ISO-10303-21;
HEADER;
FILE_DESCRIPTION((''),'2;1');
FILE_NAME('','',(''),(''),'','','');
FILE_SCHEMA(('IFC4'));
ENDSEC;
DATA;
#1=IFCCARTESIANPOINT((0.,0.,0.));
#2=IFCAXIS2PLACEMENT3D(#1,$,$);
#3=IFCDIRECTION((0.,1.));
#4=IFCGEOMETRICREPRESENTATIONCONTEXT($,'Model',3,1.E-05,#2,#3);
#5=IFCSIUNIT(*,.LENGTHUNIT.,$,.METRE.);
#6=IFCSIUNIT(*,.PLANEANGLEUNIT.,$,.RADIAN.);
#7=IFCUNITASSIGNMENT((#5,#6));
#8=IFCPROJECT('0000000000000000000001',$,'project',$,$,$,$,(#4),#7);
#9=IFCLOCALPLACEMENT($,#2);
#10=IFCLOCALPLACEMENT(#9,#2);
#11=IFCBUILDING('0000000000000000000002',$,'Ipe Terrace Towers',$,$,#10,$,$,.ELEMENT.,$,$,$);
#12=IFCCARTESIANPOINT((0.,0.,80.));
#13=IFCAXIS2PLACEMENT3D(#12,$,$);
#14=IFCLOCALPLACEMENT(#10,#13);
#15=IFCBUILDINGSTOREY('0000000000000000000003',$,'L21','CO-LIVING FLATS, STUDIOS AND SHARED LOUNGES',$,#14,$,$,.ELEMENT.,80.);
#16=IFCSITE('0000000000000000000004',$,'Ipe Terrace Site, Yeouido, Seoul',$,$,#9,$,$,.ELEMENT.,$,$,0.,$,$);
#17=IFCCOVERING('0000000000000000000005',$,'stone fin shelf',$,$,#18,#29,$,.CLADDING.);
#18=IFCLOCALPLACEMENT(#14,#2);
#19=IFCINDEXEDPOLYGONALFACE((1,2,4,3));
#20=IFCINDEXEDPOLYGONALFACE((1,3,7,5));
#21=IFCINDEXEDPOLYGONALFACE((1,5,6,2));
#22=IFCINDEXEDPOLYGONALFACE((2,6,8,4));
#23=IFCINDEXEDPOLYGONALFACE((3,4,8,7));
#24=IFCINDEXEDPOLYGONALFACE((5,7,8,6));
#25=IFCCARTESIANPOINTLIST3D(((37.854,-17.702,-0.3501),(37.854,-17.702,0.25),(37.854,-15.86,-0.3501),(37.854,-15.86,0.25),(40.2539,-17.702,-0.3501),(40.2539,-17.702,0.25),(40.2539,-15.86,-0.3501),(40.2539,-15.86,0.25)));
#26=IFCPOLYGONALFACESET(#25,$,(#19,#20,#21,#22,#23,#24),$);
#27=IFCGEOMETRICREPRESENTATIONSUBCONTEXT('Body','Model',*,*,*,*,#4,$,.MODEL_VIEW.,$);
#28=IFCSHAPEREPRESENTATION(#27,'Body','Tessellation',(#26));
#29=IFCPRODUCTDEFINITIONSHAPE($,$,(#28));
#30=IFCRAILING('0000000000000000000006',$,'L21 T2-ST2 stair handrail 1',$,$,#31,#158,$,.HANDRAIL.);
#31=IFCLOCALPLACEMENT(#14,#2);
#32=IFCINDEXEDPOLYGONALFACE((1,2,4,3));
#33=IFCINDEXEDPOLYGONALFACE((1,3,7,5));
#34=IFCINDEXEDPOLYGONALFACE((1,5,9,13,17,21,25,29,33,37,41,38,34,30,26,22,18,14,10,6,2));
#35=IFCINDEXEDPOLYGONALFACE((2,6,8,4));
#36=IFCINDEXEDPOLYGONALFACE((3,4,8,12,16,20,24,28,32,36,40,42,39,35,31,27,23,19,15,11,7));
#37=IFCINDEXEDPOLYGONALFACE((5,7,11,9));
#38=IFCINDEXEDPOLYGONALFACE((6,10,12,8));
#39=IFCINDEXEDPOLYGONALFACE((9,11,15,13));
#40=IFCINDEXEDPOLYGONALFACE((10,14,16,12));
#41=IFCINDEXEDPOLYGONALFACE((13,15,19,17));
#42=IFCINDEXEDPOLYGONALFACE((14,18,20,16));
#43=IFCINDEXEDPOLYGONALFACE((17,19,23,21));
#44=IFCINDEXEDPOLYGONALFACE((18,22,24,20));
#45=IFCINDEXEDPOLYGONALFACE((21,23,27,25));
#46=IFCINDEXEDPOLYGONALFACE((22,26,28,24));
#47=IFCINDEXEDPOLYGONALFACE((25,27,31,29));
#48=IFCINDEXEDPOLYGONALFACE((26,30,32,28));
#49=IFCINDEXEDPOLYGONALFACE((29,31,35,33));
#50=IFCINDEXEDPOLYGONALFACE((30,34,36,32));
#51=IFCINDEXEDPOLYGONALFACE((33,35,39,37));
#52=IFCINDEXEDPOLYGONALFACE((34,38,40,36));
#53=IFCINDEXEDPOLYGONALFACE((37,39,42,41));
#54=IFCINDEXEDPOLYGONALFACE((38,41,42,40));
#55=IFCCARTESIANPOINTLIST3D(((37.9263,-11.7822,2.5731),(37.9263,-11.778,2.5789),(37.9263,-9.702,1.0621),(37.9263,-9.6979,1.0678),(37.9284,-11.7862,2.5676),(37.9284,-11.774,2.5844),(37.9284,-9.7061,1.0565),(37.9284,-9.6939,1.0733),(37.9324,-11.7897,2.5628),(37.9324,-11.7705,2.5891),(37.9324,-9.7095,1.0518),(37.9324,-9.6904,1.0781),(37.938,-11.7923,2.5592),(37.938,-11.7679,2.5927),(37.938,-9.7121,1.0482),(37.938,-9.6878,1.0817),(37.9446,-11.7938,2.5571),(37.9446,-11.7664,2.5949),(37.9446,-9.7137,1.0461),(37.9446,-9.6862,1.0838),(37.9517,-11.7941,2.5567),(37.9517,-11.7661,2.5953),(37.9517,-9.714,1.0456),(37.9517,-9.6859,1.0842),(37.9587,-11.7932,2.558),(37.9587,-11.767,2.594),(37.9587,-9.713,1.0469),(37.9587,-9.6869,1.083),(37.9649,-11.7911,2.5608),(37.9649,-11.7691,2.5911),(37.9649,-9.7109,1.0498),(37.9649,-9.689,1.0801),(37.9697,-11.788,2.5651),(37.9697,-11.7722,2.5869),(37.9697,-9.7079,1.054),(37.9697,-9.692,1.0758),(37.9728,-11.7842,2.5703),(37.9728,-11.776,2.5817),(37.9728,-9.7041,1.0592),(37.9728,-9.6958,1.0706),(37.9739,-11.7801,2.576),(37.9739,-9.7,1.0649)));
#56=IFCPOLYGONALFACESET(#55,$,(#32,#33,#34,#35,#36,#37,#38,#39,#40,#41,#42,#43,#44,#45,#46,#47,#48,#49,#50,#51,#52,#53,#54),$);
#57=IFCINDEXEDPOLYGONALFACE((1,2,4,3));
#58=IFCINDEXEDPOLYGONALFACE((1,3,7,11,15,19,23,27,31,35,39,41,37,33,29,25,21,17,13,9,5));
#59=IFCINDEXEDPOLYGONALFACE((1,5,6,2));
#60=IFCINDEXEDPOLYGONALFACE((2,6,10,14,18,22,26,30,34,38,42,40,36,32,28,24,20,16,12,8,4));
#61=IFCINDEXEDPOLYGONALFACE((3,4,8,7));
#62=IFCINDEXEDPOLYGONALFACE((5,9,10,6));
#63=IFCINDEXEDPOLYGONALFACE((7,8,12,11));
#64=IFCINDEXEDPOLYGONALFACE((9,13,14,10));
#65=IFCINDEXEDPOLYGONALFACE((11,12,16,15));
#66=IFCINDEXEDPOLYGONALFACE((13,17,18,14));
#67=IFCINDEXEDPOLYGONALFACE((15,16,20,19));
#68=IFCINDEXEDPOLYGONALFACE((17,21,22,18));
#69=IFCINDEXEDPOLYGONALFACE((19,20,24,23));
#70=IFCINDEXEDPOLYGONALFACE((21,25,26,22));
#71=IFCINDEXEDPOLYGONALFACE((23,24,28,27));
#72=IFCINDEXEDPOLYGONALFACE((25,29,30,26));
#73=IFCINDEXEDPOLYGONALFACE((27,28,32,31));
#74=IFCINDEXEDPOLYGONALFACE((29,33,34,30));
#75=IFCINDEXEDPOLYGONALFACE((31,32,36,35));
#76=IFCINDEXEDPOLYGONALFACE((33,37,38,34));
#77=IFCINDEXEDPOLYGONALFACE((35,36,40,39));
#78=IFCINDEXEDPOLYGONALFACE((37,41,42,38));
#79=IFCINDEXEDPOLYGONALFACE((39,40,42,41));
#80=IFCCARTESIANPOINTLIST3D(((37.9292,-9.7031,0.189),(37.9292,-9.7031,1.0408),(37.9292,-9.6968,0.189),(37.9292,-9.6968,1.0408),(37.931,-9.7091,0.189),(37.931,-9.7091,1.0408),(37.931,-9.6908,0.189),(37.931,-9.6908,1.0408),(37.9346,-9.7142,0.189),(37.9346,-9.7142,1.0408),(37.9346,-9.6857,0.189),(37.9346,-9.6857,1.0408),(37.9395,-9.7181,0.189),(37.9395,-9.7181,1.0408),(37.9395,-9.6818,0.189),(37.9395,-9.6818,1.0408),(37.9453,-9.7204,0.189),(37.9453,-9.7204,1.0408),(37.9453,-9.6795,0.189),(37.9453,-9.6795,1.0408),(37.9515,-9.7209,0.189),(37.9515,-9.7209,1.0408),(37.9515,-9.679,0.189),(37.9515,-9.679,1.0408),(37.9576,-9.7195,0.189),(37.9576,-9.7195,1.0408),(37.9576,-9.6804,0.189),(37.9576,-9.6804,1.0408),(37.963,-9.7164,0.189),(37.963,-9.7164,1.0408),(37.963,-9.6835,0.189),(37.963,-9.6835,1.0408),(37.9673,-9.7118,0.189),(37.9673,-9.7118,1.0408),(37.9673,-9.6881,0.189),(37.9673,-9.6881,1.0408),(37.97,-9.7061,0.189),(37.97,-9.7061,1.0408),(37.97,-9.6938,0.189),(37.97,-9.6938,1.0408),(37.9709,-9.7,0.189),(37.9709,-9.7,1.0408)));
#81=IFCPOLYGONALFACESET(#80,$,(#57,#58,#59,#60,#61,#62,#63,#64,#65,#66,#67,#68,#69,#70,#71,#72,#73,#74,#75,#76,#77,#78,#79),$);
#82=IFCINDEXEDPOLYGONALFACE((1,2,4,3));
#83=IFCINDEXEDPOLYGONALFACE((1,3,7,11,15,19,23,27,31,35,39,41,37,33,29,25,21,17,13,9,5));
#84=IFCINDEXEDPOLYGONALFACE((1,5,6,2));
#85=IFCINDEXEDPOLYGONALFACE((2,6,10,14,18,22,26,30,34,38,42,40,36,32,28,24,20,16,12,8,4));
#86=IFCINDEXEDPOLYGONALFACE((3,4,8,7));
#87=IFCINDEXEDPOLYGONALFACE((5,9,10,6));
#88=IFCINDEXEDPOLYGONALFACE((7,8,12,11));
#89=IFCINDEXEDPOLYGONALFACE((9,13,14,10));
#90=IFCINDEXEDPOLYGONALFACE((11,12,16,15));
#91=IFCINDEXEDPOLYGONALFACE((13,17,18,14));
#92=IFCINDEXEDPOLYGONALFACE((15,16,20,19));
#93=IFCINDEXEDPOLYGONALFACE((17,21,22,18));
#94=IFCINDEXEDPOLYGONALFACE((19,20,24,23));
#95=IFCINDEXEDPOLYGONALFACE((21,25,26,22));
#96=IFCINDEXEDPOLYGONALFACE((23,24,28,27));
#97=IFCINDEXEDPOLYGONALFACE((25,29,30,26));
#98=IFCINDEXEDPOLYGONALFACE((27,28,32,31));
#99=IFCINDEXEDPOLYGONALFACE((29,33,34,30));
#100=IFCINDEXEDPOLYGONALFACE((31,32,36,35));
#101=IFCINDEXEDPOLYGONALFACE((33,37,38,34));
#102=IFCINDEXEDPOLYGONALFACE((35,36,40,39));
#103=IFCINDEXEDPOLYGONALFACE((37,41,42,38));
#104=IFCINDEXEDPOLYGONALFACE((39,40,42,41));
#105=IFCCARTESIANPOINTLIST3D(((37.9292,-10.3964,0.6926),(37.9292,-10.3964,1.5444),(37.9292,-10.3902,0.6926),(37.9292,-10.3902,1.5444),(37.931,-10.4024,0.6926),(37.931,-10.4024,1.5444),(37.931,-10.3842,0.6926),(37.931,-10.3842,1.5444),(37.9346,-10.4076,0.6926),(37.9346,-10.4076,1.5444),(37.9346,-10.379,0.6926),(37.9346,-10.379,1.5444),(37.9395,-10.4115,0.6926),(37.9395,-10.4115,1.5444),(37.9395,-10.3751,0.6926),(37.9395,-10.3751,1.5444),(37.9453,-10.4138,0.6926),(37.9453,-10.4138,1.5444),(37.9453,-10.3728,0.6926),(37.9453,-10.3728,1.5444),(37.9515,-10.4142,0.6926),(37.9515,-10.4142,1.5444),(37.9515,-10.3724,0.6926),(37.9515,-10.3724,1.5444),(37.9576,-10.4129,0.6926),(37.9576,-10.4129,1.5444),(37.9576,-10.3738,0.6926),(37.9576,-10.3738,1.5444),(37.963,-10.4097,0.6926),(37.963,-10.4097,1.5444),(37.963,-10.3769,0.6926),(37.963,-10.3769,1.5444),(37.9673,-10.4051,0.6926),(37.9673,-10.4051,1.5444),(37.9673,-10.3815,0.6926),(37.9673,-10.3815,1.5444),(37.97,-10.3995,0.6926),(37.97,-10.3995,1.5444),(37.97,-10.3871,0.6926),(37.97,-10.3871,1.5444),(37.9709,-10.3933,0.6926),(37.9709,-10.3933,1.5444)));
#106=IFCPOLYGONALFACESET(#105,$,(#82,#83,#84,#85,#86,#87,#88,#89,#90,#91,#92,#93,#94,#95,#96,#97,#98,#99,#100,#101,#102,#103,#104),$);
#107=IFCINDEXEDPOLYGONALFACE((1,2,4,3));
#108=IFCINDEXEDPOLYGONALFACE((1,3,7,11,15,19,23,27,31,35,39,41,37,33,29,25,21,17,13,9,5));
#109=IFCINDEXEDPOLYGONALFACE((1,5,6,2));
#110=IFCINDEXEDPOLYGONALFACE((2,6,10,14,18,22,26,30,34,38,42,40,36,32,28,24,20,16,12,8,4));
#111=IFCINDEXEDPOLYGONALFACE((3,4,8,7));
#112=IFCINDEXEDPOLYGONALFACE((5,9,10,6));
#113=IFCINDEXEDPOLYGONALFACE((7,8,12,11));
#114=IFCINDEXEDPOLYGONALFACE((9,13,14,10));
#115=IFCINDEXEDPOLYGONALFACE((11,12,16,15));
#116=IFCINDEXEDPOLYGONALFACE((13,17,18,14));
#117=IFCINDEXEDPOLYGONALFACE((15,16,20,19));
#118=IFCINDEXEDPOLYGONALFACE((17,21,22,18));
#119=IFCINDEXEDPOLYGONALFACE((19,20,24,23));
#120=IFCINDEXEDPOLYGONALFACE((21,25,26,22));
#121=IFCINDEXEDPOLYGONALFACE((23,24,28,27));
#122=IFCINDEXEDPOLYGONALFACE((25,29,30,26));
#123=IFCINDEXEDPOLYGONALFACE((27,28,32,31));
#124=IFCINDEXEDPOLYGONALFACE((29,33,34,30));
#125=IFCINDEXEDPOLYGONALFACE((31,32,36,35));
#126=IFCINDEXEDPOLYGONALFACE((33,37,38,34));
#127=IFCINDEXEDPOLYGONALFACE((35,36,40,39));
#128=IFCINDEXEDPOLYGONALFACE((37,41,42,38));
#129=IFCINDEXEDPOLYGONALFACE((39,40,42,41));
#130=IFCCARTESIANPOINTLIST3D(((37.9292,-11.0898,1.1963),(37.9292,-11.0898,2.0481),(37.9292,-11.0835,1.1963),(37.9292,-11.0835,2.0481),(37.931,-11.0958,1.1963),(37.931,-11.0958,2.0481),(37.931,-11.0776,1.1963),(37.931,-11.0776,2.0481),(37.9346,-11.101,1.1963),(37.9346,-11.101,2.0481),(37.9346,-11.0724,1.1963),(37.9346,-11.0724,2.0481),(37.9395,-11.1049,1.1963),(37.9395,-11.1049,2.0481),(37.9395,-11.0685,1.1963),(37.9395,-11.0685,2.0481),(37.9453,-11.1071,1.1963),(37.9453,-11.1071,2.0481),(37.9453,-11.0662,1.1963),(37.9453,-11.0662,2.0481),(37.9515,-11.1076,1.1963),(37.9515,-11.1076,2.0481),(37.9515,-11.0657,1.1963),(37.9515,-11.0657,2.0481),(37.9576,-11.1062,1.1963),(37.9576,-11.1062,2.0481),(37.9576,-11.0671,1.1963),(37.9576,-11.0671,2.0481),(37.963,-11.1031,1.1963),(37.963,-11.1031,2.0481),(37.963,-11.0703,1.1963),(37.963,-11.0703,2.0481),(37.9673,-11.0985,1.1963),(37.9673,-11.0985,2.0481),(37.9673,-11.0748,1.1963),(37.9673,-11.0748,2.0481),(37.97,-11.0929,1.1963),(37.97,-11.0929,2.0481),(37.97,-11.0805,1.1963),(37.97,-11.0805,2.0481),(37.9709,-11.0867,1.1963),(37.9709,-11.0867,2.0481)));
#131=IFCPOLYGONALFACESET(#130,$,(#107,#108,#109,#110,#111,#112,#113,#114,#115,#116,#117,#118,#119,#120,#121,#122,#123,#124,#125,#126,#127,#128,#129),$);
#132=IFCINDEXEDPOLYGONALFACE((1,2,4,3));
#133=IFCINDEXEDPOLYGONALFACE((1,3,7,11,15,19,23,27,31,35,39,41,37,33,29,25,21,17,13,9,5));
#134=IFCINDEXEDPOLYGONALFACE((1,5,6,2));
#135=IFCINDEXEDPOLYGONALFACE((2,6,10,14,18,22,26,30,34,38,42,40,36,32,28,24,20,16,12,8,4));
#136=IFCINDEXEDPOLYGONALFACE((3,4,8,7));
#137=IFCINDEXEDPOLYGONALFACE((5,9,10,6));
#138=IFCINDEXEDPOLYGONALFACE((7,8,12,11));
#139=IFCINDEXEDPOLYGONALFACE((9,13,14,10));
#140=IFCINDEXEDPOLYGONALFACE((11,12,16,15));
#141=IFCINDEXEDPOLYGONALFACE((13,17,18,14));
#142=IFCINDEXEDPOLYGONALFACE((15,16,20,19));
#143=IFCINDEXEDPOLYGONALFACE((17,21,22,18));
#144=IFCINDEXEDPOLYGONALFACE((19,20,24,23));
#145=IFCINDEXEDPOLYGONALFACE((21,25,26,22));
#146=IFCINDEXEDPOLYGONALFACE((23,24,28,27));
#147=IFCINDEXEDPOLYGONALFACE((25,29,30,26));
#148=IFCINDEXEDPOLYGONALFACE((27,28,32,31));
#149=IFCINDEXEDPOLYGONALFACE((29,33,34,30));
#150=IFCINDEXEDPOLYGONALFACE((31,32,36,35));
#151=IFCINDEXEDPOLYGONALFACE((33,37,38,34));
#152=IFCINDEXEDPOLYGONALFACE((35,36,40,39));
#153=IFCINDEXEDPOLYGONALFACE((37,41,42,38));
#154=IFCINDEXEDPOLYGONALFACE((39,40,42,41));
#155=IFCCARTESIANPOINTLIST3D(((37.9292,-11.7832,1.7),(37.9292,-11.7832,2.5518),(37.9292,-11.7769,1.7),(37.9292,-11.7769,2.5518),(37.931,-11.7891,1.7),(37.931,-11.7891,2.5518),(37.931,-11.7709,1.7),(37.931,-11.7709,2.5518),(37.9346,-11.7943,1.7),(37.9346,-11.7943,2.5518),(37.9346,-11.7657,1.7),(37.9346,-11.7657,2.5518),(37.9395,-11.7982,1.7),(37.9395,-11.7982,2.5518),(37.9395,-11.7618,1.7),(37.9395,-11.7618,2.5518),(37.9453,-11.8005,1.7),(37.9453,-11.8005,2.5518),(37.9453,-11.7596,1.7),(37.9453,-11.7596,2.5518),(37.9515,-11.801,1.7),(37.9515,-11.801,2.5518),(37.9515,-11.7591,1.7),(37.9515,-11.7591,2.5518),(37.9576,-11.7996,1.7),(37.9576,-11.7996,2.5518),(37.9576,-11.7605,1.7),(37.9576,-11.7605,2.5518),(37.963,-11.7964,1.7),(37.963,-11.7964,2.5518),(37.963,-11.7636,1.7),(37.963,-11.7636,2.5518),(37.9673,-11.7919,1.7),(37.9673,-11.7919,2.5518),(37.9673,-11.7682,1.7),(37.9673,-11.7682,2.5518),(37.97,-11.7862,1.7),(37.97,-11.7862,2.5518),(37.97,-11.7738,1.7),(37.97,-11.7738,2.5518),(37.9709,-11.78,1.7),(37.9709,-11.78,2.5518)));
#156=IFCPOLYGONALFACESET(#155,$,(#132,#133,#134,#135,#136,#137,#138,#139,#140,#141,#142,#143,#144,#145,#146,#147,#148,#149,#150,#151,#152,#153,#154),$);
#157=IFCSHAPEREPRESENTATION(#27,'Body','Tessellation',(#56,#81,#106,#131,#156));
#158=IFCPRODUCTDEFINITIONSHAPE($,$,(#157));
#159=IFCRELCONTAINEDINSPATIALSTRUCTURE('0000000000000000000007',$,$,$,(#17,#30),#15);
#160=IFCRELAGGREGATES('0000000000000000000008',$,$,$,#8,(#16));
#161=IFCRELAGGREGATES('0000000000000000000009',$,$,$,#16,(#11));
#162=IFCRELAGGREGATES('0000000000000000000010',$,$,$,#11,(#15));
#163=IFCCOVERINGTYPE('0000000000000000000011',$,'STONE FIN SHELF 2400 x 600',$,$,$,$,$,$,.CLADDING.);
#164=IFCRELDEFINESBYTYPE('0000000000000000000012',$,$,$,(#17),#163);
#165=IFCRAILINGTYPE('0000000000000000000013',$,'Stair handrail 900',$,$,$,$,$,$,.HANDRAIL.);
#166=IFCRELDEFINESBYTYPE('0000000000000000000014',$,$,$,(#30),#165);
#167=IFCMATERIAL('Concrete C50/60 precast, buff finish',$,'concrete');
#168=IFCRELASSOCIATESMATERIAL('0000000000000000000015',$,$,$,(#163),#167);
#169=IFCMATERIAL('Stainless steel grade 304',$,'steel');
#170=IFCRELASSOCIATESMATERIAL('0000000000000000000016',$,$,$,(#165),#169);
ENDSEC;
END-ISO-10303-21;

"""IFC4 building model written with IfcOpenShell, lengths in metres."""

from ifc_helpers import new_model, si_unit, direction, frame, origin, origin_2d, place, context, subcontext, project, spatial, rectangle, circle, extrude, material, type_object, element, save


model = new_model("IFC4")

# Units and contexts
model_context = context("Model", 3, precision=1e-05, world=origin(), true_north=direction((0.0, 1.0)))
body_context = subcontext(model_context, "Body", "Model", "MODEL_VIEW")
ifc_project = project(units=[si_unit("LENGTHUNIT", "METRE"), si_unit("PLANEANGLEUNIT", "RADIAN")], contexts=[model_context])

# Site, building, storey
site_placement = place(None, origin())
site = spatial("IfcSite", under=ifc_project, at=site_placement, Name="Ipe Terrace Site, Yeouido, Seoul", CompositionType="ELEMENT", RefElevation=0.0)
building_placement = place(site_placement, origin())
building = spatial("IfcBuilding", under=site, at=building_placement, Name="Ipe Terrace Towers", CompositionType="ELEMENT")
storey_placement = place(building_placement, frame((0.0, 0.0, 80.0)))
storey = spatial("IfcBuildingStorey", under=building, at=storey_placement, Name="L21", Description="CO-LIVING FLATS, STUDIOS AND SHARED LOUNGES", CompositionType="ELEMENT", Elevation=80.0)

# Covering
ifc_material_1 = material(Name="Concrete C50/60 precast, buff finish", Category="concrete")
covering_type_1 = type_object("IfcCoveringType", Name="STONE FIN SHELF 2400 x 600", PredefinedType="CLADDING", material=ifc_material_1)
covering_1_placement = place(storey_placement, frame((39.054, -16.781, -0.3501), z_axis=(0.0, 0.0, 1.0), x_axis=(1.0, 0.0, 0.0)))
element("IfcCovering", 1, at=covering_1_placement, inside=storey, type_object=covering_type_1, Name="stone fin shelf", PredefinedType="CLADDING", context=body_context, shape_type="SweptSolid", body=[
    extrude(rectangle(XDim=2.3999, YDim=1.842, at=origin_2d()), origin(), (0.0, 0.0, 1.0), 0.6001),
])

# Railing
ifc_material_2 = material(Name="Stainless steel grade 304", Category="steel")
railing_type_1 = type_object("IfcRailingType", Name="Stair handrail 900", PredefinedType="HANDRAIL", material=ifc_material_2)
railing_1_placement = place(storey_placement, frame((37.95, -9.7, 0.189)))
element("IfcRailing", 2, at=railing_1_placement, inside=storey, type_object=railing_type_1, Name="L21 T2-ST2 stair handrail 1", PredefinedType="HANDRAIL", context=body_context, shape_type="SweptSolid", body=[
    extrude(circle(Radius=0.0239, at=origin_2d()), frame((0.0, 0.0, 0.876), z_axis=(0.0, -0.809069, 0.587714), x_axis=(1.0, 0.0, 0.0)), (0.0, 0.0, 1.0), 2.571),
    extrude(circle(Radius=0.021, at=origin_2d()), origin(), (0.0, 0.0, 1.0), 0.8518),
    extrude(circle(Radius=0.021, at=origin_2d()), frame((0.0, -0.6934, 0.5037)), (0.0, 0.0, 1.0), 0.8518),
    extrude(circle(Radius=0.021, at=origin_2d()), frame((0.0, -1.3867, 1.0073)), (0.0, 0.0, 1.0), 0.8518),
    extrude(circle(Radius=0.021, at=origin_2d()), frame((0.0, -2.0801, 1.511)), (0.0, 0.0, 1.0), 0.8518),
])

save(model, "model.ifc")
